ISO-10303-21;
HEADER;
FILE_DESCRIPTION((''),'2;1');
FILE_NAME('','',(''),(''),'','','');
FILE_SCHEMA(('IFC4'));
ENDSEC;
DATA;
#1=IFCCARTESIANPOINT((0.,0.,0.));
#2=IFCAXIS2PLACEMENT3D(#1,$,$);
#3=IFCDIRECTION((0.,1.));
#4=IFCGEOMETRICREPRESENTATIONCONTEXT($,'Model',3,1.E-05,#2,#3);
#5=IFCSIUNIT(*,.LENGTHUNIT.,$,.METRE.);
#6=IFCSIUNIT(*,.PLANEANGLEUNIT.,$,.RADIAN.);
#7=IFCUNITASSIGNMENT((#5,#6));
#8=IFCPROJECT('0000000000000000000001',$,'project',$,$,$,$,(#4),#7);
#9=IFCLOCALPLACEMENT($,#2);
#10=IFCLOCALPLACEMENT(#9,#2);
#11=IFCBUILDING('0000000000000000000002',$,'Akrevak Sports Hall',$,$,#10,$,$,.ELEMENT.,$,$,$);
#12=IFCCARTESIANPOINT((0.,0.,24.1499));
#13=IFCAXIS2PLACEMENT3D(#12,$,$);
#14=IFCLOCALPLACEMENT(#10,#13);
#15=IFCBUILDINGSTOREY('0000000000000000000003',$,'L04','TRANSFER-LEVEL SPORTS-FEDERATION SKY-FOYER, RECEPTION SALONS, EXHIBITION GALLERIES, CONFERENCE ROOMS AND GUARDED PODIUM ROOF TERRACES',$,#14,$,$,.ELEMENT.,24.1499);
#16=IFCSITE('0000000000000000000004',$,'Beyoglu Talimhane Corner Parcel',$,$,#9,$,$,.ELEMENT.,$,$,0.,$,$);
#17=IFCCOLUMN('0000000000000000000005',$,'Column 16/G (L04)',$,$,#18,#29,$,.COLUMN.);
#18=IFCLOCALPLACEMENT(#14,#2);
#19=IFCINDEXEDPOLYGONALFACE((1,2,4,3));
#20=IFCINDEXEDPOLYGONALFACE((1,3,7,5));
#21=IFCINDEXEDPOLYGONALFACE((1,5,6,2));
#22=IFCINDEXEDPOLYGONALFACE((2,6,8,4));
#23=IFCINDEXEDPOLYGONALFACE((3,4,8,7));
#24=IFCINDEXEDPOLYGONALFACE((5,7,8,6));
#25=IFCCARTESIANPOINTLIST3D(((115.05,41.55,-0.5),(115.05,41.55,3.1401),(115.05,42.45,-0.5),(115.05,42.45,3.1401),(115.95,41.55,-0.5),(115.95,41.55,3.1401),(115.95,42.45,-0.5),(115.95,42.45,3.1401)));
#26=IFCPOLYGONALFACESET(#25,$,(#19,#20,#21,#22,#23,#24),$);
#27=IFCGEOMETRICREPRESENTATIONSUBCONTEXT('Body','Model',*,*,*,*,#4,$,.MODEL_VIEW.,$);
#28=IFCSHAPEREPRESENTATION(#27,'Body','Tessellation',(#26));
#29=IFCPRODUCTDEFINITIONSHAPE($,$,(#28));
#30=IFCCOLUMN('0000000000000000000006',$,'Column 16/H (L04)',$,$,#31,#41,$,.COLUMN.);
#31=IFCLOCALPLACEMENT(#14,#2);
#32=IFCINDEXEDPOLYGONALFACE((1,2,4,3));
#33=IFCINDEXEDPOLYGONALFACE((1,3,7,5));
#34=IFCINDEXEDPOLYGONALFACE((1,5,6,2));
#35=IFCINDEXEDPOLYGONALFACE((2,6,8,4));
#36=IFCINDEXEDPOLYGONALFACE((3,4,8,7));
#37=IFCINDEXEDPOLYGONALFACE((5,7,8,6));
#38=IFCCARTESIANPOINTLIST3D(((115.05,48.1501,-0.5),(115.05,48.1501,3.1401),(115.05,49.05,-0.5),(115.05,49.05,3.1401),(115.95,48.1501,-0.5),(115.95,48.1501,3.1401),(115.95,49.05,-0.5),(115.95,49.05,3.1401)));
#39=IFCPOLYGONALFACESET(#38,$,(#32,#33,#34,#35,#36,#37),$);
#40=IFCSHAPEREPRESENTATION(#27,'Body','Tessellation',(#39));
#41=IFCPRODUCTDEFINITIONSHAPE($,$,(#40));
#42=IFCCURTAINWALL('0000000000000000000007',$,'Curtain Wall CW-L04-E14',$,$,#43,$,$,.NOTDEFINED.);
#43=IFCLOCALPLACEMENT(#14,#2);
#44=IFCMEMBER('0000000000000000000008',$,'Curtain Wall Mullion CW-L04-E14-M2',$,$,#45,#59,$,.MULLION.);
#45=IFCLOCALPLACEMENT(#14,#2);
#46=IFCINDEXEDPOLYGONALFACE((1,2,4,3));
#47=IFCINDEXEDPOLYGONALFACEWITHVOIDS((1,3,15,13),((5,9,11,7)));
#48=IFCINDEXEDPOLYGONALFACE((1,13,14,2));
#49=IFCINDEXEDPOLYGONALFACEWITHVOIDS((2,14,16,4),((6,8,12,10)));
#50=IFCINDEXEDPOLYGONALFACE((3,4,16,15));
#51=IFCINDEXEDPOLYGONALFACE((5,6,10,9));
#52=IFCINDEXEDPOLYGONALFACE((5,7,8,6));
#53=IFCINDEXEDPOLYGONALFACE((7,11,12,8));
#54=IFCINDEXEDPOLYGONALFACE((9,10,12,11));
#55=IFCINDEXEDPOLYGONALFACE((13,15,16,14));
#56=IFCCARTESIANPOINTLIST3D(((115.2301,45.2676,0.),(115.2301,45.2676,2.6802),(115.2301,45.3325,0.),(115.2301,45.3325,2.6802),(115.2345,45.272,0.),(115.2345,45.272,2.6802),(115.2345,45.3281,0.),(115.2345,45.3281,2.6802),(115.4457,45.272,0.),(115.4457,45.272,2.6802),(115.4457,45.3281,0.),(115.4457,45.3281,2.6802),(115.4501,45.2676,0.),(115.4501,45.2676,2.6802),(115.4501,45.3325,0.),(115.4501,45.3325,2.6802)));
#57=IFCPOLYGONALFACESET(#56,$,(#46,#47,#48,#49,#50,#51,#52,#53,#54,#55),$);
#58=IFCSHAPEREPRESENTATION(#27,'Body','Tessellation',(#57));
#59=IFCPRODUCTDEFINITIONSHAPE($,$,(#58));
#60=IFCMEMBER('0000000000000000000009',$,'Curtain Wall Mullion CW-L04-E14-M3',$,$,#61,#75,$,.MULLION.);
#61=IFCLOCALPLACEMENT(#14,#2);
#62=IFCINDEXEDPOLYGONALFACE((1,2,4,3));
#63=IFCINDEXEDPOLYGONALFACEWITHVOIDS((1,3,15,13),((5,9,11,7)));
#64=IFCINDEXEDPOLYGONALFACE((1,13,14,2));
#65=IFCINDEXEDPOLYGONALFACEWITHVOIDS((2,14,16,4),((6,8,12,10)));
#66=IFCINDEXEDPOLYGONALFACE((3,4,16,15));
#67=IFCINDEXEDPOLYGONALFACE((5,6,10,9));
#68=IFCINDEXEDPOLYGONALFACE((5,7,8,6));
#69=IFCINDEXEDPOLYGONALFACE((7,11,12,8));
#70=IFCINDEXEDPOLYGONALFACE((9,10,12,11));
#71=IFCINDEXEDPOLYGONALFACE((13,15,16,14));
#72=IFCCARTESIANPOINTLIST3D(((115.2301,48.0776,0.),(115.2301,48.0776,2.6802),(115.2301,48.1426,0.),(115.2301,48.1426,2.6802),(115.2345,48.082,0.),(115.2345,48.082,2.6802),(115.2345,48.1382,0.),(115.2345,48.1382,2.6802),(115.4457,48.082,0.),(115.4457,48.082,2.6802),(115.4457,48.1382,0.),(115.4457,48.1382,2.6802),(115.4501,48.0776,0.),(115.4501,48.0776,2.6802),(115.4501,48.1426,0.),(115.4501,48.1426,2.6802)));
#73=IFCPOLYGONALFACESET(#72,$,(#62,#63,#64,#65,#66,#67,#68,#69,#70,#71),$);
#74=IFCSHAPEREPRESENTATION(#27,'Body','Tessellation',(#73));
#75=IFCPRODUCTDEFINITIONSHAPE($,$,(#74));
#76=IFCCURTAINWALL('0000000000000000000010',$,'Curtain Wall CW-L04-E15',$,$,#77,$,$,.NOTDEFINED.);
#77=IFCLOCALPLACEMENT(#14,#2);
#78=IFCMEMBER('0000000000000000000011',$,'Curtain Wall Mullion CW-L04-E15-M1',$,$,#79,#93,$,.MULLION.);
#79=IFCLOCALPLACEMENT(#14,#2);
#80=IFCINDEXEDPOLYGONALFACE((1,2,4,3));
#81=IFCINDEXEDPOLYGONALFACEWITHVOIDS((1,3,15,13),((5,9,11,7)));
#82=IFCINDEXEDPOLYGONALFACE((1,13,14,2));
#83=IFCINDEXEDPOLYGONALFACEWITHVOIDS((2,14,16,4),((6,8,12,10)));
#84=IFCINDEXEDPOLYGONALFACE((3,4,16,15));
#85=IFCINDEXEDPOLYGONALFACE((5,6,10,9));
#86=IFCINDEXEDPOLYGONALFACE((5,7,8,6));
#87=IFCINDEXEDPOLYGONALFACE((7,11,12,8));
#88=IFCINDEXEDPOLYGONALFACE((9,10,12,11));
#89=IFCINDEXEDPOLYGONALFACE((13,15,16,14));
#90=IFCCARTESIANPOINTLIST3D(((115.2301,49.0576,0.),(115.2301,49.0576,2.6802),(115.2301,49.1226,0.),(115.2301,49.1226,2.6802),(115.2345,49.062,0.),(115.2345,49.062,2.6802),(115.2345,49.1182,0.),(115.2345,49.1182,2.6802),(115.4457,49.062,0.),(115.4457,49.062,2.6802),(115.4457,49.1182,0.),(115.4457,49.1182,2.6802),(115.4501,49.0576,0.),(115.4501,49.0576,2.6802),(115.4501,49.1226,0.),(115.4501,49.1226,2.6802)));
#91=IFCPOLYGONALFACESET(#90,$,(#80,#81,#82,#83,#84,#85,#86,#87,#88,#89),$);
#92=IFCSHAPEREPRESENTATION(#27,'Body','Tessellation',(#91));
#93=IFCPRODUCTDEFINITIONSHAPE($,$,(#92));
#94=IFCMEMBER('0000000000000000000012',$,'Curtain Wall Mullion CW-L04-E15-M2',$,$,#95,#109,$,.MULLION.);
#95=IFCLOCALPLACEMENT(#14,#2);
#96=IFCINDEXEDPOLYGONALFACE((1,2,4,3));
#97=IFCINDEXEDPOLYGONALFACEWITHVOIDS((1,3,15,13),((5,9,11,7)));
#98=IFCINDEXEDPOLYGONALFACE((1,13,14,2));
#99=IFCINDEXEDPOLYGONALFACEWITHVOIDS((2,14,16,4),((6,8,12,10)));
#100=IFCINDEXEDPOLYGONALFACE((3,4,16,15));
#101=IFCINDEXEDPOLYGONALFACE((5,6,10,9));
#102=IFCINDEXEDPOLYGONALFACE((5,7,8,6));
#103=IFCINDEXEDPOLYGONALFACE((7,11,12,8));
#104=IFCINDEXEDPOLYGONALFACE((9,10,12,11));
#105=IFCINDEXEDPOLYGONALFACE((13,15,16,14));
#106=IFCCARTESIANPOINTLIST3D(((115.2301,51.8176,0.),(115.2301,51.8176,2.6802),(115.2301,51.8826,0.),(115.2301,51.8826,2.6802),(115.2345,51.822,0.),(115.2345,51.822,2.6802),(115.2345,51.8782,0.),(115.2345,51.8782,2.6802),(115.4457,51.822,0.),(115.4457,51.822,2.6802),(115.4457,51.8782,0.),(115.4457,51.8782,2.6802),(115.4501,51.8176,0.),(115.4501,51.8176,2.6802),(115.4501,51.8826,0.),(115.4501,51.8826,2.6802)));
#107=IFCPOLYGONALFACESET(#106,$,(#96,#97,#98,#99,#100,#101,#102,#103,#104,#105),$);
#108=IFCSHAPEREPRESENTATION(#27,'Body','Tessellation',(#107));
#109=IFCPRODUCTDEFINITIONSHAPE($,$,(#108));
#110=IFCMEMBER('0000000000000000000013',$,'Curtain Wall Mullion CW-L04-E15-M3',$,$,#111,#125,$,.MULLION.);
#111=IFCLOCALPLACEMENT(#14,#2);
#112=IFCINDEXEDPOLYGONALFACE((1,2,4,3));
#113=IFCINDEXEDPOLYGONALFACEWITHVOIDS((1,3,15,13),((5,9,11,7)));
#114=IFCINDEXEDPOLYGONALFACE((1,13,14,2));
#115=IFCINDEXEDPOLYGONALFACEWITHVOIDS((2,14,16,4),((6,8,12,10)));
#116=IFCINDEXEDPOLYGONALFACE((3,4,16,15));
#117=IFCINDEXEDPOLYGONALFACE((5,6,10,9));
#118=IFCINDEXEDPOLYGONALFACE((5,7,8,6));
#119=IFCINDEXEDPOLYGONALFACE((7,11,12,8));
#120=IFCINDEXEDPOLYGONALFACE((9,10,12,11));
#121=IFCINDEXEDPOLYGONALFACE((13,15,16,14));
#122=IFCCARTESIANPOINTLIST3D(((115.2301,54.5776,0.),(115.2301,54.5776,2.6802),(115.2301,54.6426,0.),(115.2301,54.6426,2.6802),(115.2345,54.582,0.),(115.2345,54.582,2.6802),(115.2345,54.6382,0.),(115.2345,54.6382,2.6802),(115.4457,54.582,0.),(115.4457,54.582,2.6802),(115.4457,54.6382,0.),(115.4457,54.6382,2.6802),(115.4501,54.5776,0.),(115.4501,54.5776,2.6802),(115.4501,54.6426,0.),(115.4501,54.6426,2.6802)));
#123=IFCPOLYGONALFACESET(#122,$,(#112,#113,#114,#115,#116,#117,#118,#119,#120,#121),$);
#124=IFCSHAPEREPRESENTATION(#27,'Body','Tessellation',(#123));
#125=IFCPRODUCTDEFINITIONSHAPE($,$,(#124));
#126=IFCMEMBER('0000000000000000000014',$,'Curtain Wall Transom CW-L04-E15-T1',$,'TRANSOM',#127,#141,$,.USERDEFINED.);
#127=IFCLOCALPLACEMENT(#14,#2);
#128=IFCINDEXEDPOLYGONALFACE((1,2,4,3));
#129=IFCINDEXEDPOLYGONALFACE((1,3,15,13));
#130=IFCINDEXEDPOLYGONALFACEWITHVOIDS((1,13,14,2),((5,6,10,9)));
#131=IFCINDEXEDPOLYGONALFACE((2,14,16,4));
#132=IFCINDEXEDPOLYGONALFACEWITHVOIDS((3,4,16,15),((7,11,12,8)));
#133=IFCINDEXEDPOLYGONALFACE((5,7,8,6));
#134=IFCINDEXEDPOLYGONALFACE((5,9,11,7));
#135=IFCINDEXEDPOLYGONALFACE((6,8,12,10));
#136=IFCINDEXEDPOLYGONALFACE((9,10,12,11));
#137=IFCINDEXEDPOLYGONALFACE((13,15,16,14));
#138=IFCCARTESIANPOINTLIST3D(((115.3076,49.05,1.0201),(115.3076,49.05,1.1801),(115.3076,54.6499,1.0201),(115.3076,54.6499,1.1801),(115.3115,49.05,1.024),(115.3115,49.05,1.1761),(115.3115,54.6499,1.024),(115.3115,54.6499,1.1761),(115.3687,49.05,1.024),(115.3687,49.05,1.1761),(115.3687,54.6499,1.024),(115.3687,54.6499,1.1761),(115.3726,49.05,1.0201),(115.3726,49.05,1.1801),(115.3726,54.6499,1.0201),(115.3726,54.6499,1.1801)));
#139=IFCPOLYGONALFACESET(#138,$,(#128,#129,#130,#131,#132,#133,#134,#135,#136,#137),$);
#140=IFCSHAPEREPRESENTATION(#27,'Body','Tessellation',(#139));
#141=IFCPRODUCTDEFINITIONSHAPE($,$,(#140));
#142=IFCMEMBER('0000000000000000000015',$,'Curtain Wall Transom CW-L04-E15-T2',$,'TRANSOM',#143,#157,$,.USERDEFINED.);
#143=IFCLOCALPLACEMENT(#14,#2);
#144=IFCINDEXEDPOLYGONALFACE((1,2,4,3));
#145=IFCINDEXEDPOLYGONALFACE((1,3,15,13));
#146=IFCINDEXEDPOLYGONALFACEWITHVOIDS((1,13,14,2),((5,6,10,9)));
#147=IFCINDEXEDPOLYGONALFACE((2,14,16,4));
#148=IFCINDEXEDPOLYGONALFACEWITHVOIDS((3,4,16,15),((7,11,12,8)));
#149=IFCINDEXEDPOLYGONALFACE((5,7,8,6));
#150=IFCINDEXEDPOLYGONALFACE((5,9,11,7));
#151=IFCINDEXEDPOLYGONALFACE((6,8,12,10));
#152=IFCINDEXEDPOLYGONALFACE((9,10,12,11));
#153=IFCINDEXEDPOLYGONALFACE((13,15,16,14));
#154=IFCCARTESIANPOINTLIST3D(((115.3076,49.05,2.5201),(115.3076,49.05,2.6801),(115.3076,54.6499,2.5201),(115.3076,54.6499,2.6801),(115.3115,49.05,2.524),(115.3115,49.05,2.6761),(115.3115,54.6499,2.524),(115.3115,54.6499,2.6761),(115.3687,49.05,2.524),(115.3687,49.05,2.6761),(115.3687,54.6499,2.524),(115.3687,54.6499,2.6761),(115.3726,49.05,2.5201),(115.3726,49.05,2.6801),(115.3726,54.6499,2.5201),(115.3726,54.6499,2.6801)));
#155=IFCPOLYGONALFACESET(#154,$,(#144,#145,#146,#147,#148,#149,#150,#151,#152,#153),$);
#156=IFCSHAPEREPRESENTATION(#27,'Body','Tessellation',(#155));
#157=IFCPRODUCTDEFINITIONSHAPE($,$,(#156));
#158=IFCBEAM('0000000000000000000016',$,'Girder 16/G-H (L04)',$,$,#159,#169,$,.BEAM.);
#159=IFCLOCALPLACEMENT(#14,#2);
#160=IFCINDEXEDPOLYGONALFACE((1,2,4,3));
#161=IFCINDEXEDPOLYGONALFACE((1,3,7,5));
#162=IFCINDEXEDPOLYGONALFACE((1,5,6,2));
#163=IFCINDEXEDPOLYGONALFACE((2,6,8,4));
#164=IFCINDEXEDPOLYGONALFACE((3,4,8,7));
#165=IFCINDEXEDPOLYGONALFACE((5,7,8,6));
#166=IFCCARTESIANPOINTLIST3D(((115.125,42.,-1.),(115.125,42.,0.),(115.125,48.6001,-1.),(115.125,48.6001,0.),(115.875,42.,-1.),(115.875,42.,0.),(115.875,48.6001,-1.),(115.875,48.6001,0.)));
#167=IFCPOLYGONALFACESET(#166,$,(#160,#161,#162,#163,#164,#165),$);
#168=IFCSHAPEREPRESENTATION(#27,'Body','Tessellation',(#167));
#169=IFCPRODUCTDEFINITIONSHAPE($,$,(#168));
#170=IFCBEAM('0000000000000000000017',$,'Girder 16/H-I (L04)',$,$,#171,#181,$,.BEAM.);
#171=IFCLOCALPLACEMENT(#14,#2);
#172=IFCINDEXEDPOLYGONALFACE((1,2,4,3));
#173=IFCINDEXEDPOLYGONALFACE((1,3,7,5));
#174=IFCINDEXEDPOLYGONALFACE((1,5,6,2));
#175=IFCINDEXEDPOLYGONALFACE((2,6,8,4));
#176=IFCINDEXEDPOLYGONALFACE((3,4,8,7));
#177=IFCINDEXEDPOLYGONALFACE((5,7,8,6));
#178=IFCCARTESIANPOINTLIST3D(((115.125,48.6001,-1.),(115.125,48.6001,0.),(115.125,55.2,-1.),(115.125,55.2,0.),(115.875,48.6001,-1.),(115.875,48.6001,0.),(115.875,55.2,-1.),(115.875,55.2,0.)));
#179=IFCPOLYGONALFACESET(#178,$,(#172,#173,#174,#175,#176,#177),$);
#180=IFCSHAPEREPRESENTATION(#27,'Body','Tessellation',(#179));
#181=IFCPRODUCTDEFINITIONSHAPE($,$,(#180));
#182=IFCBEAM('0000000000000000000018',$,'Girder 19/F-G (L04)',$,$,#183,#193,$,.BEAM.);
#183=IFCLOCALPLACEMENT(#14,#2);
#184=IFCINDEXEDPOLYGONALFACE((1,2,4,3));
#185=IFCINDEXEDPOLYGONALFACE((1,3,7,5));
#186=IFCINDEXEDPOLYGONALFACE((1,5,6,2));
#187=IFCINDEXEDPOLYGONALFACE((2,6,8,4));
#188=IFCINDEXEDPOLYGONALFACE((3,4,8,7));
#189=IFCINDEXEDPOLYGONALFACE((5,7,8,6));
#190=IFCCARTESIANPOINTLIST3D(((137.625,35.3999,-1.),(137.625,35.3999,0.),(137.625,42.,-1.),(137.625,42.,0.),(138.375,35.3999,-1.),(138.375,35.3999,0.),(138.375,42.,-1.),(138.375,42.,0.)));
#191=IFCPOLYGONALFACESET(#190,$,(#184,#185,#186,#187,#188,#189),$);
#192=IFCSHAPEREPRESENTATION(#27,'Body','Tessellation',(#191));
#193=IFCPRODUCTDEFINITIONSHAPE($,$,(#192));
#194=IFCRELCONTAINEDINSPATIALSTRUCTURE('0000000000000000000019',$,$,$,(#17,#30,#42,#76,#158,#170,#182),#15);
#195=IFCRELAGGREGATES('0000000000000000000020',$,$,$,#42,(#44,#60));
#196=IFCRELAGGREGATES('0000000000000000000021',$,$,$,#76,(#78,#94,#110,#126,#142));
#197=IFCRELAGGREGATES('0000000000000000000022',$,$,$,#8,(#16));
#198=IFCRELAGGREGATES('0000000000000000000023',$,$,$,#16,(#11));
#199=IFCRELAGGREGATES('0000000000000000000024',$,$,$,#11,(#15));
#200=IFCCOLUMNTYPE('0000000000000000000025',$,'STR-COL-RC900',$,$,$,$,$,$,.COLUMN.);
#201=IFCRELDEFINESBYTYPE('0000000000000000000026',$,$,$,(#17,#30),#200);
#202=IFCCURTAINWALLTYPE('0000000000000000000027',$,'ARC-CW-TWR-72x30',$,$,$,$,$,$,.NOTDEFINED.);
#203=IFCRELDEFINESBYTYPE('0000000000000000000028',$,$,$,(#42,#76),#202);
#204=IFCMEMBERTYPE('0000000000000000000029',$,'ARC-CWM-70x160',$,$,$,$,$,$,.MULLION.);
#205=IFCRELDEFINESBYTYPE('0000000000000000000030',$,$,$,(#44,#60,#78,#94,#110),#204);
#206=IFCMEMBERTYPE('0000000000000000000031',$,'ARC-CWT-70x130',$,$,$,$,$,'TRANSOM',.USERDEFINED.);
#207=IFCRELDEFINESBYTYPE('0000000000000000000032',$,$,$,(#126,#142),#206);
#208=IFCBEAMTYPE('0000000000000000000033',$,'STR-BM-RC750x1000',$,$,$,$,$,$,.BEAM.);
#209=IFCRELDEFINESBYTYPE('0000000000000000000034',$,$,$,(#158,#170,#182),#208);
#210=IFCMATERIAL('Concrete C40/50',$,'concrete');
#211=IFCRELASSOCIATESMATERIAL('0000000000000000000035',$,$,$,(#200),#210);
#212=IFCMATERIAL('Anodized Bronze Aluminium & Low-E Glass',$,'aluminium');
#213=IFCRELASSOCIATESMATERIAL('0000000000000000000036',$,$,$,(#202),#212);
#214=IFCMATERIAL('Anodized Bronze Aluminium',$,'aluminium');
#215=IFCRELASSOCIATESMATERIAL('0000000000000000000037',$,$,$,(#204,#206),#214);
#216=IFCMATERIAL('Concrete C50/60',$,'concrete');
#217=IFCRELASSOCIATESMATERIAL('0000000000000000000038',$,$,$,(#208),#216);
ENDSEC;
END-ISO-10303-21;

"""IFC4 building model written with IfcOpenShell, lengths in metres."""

from ifc_helpers import new_model, si_unit, direction, frame, origin, origin_2d, place, context, subcontext, project, spatial, rectangle, hollow_rectangle, extrude, material, material_profile, profile_set, type_object, element, aggregate, save


model = new_model("IFC4")

# Units and contexts
model_context = context("Model", 3, precision=1e-05, world=origin(), true_north=direction((0.0, 1.0)))
body_context = subcontext(model_context, "Body", "Model", "MODEL_VIEW")
ifc_project = project(units=[si_unit("LENGTHUNIT", "METRE"), si_unit("PLANEANGLEUNIT", "RADIAN")], contexts=[model_context])

# Site, building, storey
site_placement = place(None, origin())
site = spatial("IfcSite", under=ifc_project, at=site_placement, Name="Beyoglu Talimhane Corner Parcel", CompositionType="ELEMENT", RefElevation=0.0)
building_placement = place(site_placement, origin())
building = spatial("IfcBuilding", under=site, at=building_placement, Name="Akrevak Sports Hall", CompositionType="ELEMENT")
storey_placement = place(building_placement, frame((0.0, 0.0, 24.1499)))
storey = spatial("IfcBuildingStorey", under=building, at=storey_placement, Name="L04", Description="TRANSFER-LEVEL SPORTS-FEDERATION SKY-FOYER, RECEPTION SALONS, EXHIBITION GALLERIES, CONFERENCE ROOMS AND GUARDED PODIUM ROOF TERRACES", CompositionType="ELEMENT", Elevation=24.1499)

# Columns
ifc_material_1 = material(Name="Concrete C40/50", Category="concrete")
ifc_material_profile_1 = material_profile(ifc_material_1, rectangle(XDim=0.8999, YDim=0.8999, at=origin_2d()), Name="RC 900x900", Category="concrete")
ifc_profile_set_1 = profile_set([ifc_material_profile_1], Name="Concrete C40/50")
column_type = type_object("IfcColumnType", Name="STR-COL-RC900", PredefinedType="COLUMN", material=ifc_profile_set_1)
for number, where, z_axis, x_axis, name in (
    (1, (115.5, 42.0, -0.5), (0.0, 0.0, 1.0), (1.0, 0.0, 0.0), "Column 16/G (L04)"),
    (2, (115.5, 48.6001, -0.5), (0.0, 0.0, 1.0), (1.0, 0.0, 0.0), "Column 16/H (L04)"),
):
    element("IfcColumn", number, at=place(storey_placement, frame(where, z_axis=z_axis, x_axis=x_axis)), inside=storey, type_object=column_type, Name=name, PredefinedType="COLUMN", context=body_context, shape_type="SweptSolid", body=[
        extrude(rectangle(XDim=0.8999, YDim=0.8999, at=origin_2d()), origin(), (0.0, 0.0, 1.0), 3.6401),
    ])

# Curtain walls, members
ifc_material_2 = material(Name="Anodized Bronze Aluminium & Low-E Glass", Category="aluminium")
curtain_wall_type = type_object("IfcCurtainWallType", Name="ARC-CW-TWR-72x30", PredefinedType="NOTDEFINED", material=ifc_material_2)
curtain_wall_1_placement = place(storey_placement, origin())
curtain_wall_1 = element("IfcCurtainWall", 3, at=curtain_wall_1_placement, inside=storey, type_object=curtain_wall_type, Name="Curtain Wall CW-L04-E14", PredefinedType="NOTDEFINED")
ifc_material_3 = material(Name="Anodized Bronze Aluminium", Category="aluminium")
ifc_material_profile_2 = material_profile(ifc_material_3, hollow_rectangle(XDim=0.0649, YDim=0.22, WallThickness=0.0044, at=origin_2d()), Name="CWM 65x220", Category="aluminium")
ifc_profile_set_2 = profile_set([ifc_material_profile_2], Name="Anodized Bronze Aluminium")
member_type_1 = type_object("IfcMemberType", Name="ARC-CWM-70x160", PredefinedType="MULLION", material=ifc_profile_set_2)
member_1_placement = place(storey_placement, frame((115.3401, 45.3, 0.0), z_axis=(0.0, 0.0, 1.0), x_axis=(0.0, 1.0, 0.0)))
member_1 = element("IfcMember", 4, at=member_1_placement, type_object=member_type_1, Name="Curtain Wall Mullion CW-L04-E14-M2", PredefinedType="MULLION", context=body_context, shape_type="SweptSolid", body=[
    extrude(hollow_rectangle(XDim=0.0649, YDim=0.22, WallThickness=0.0044, at=origin_2d()), origin(), (0.0, 0.0, 1.0), 2.6802),
])
member_2_placement = place(storey_placement, frame((115.3401, 48.1101, 0.0), z_axis=(0.0, 0.0, 1.0), x_axis=(0.0, 1.0, 0.0)))
member_2 = element("IfcMember", 5, at=member_2_placement, type_object=member_type_1, Name="Curtain Wall Mullion CW-L04-E14-M3", PredefinedType="MULLION", context=body_context, shape_type="SweptSolid", body=[
    extrude(hollow_rectangle(XDim=0.0649, YDim=0.22, WallThickness=0.0044, at=origin_2d()), origin(), (0.0, 0.0, 1.0), 2.6802),
])
curtain_wall_2_placement = place(storey_placement, origin())
curtain_wall_2 = element("IfcCurtainWall", 6, at=curtain_wall_2_placement, inside=storey, type_object=curtain_wall_type, Name="Curtain Wall CW-L04-E15", PredefinedType="NOTDEFINED")
member_3_placement = place(storey_placement, frame((115.3401, 49.0901, 0.0), z_axis=(0.0, 0.0, 1.0), x_axis=(0.0, 1.0, 0.0)))
member_3 = element("IfcMember", 7, at=member_3_placement, type_object=member_type_1, Name="Curtain Wall Mullion CW-L04-E15-M1", PredefinedType="MULLION", context=body_context, shape_type="SweptSolid", body=[
    extrude(hollow_rectangle(XDim=0.0649, YDim=0.22, WallThickness=0.0044, at=origin_2d()), origin(), (0.0, 0.0, 1.0), 2.6802),
])
member_4_placement = place(storey_placement, frame((115.3401, 51.8501, 0.0), z_axis=(0.0, 0.0, 1.0), x_axis=(0.0, 1.0, 0.0)))
member_4 = element("IfcMember", 8, at=member_4_placement, type_object=member_type_1, Name="Curtain Wall Mullion CW-L04-E15-M2", PredefinedType="MULLION", context=body_context, shape_type="SweptSolid", body=[
    extrude(hollow_rectangle(XDim=0.0649, YDim=0.22, WallThickness=0.0044, at=origin_2d()), origin(), (0.0, 0.0, 1.0), 2.6802),
])
member_5_placement = place(storey_placement, frame((115.3401, 54.6101, 0.0), z_axis=(0.0, 0.0, 1.0), x_axis=(0.0, 1.0, 0.0)))
member_5 = element("IfcMember", 9, at=member_5_placement, type_object=member_type_1, Name="Curtain Wall Mullion CW-L04-E15-M3", PredefinedType="MULLION", context=body_context, shape_type="SweptSolid", body=[
    extrude(hollow_rectangle(XDim=0.0649, YDim=0.22, WallThickness=0.0044, at=origin_2d()), origin(), (0.0, 0.0, 1.0), 2.6802),
])
ifc_material_profile_3 = material_profile(ifc_material_3, hollow_rectangle(XDim=0.0649, YDim=0.1599, WallThickness=0.0039, at=origin_2d()), Name="CWT 65x160", Category="aluminium")
ifc_profile_set_3 = profile_set([ifc_material_profile_3], Name="Anodized Bronze Aluminium")
member_type_2 = type_object("IfcMemberType", Name="ARC-CWT-70x130", ElementType="TRANSOM", PredefinedType="USERDEFINED", material=ifc_profile_set_3)
member_6_placement = place(storey_placement, frame((115.3401, 49.05, 1.1001), z_axis=(0.0, 1.0, 0.0), x_axis=(-1.0, 0.0, 0.0)))
member_6 = element("IfcMember", 10, at=member_6_placement, type_object=member_type_2, Name="Curtain Wall Transom CW-L04-E15-T1", ObjectType="TRANSOM", PredefinedType="USERDEFINED", context=body_context, shape_type="SweptSolid", body=[
    extrude(hollow_rectangle(XDim=0.0649, YDim=0.1599, WallThickness=0.0039, at=origin_2d()), origin(), (0.0, 0.0, 1.0), 5.5999),
])
member_7_placement = place(storey_placement, frame((115.3401, 49.05, 2.6001), z_axis=(0.0, 1.0, 0.0), x_axis=(-1.0, 0.0, 0.0)))
member_7 = element("IfcMember", 11, at=member_7_placement, type_object=member_type_2, Name="Curtain Wall Transom CW-L04-E15-T2", ObjectType="TRANSOM", PredefinedType="USERDEFINED", context=body_context, shape_type="SweptSolid", body=[
    extrude(hollow_rectangle(XDim=0.0649, YDim=0.1599, WallThickness=0.0039, at=origin_2d()), origin(), (0.0, 0.0, 1.0), 5.5999),
])

# Beams
ifc_material_4 = material(Name="Concrete C50/60", Category="concrete")
ifc_material_profile_4 = material_profile(ifc_material_4, rectangle(XDim=0.75, YDim=1.0, at=origin_2d()), Name="BM 750x1000", Category="concrete")
ifc_profile_set_4 = profile_set([ifc_material_profile_4], Name="Concrete C50/60")
beam_type_1 = type_object("IfcBeamType", Name="STR-BM-RC750x1000", PredefinedType="BEAM", material=ifc_profile_set_4)
beam_1_placement = place(storey_placement, frame((115.5, 42.0, -0.5), z_axis=(0.0, 1.0, 0.0), x_axis=(-1.0, 0.0, 0.0)))
element("IfcBeam", 12, at=beam_1_placement, inside=storey, type_object=beam_type_1, Name="Girder 16/G-H (L04)", PredefinedType="BEAM", context=body_context, shape_type="SweptSolid", body=[
    extrude(rectangle(XDim=0.75, YDim=1.0, at=origin_2d()), origin(), (0.0, 0.0, 1.0), 6.6001),
])
beam_2_placement = place(storey_placement, frame((115.5, 48.6001, -0.5), z_axis=(0.0, 1.0, 0.0), x_axis=(-1.0, 0.0, 0.0)))
element("IfcBeam", 13, at=beam_2_placement, inside=storey, type_object=beam_type_1, Name="Girder 16/H-I (L04)", PredefinedType="BEAM", context=body_context, shape_type="SweptSolid", body=[
    extrude(rectangle(XDim=0.75, YDim=1.0, at=origin_2d()), origin(), (0.0, 0.0, 1.0), 6.5999),
])
for number, where, z_axis, x_axis, name in (
    (14, (138.0, 35.3999, -0.5), (0.0, 1.0, 0.0), (-1.0, 0.0, 0.0), "Girder 19/F-G (L04)"),
):
    element("IfcBeam", number, at=place(storey_placement, frame(where, z_axis=z_axis, x_axis=x_axis)), inside=storey, type_object=beam_type_1, Name=name, PredefinedType="BEAM", context=body_context, shape_type="SweptSolid", body=[
        extrude(rectangle(XDim=0.75, YDim=1.0, at=origin_2d()), origin(), (0.0, 0.0, 1.0), 6.6001),
    ])

aggregate(curtain_wall_1, [member_1, member_2])
aggregate(curtain_wall_2, [member_3, member_4, member_5, member_6, member_7])

save(model, "model.ifc")
